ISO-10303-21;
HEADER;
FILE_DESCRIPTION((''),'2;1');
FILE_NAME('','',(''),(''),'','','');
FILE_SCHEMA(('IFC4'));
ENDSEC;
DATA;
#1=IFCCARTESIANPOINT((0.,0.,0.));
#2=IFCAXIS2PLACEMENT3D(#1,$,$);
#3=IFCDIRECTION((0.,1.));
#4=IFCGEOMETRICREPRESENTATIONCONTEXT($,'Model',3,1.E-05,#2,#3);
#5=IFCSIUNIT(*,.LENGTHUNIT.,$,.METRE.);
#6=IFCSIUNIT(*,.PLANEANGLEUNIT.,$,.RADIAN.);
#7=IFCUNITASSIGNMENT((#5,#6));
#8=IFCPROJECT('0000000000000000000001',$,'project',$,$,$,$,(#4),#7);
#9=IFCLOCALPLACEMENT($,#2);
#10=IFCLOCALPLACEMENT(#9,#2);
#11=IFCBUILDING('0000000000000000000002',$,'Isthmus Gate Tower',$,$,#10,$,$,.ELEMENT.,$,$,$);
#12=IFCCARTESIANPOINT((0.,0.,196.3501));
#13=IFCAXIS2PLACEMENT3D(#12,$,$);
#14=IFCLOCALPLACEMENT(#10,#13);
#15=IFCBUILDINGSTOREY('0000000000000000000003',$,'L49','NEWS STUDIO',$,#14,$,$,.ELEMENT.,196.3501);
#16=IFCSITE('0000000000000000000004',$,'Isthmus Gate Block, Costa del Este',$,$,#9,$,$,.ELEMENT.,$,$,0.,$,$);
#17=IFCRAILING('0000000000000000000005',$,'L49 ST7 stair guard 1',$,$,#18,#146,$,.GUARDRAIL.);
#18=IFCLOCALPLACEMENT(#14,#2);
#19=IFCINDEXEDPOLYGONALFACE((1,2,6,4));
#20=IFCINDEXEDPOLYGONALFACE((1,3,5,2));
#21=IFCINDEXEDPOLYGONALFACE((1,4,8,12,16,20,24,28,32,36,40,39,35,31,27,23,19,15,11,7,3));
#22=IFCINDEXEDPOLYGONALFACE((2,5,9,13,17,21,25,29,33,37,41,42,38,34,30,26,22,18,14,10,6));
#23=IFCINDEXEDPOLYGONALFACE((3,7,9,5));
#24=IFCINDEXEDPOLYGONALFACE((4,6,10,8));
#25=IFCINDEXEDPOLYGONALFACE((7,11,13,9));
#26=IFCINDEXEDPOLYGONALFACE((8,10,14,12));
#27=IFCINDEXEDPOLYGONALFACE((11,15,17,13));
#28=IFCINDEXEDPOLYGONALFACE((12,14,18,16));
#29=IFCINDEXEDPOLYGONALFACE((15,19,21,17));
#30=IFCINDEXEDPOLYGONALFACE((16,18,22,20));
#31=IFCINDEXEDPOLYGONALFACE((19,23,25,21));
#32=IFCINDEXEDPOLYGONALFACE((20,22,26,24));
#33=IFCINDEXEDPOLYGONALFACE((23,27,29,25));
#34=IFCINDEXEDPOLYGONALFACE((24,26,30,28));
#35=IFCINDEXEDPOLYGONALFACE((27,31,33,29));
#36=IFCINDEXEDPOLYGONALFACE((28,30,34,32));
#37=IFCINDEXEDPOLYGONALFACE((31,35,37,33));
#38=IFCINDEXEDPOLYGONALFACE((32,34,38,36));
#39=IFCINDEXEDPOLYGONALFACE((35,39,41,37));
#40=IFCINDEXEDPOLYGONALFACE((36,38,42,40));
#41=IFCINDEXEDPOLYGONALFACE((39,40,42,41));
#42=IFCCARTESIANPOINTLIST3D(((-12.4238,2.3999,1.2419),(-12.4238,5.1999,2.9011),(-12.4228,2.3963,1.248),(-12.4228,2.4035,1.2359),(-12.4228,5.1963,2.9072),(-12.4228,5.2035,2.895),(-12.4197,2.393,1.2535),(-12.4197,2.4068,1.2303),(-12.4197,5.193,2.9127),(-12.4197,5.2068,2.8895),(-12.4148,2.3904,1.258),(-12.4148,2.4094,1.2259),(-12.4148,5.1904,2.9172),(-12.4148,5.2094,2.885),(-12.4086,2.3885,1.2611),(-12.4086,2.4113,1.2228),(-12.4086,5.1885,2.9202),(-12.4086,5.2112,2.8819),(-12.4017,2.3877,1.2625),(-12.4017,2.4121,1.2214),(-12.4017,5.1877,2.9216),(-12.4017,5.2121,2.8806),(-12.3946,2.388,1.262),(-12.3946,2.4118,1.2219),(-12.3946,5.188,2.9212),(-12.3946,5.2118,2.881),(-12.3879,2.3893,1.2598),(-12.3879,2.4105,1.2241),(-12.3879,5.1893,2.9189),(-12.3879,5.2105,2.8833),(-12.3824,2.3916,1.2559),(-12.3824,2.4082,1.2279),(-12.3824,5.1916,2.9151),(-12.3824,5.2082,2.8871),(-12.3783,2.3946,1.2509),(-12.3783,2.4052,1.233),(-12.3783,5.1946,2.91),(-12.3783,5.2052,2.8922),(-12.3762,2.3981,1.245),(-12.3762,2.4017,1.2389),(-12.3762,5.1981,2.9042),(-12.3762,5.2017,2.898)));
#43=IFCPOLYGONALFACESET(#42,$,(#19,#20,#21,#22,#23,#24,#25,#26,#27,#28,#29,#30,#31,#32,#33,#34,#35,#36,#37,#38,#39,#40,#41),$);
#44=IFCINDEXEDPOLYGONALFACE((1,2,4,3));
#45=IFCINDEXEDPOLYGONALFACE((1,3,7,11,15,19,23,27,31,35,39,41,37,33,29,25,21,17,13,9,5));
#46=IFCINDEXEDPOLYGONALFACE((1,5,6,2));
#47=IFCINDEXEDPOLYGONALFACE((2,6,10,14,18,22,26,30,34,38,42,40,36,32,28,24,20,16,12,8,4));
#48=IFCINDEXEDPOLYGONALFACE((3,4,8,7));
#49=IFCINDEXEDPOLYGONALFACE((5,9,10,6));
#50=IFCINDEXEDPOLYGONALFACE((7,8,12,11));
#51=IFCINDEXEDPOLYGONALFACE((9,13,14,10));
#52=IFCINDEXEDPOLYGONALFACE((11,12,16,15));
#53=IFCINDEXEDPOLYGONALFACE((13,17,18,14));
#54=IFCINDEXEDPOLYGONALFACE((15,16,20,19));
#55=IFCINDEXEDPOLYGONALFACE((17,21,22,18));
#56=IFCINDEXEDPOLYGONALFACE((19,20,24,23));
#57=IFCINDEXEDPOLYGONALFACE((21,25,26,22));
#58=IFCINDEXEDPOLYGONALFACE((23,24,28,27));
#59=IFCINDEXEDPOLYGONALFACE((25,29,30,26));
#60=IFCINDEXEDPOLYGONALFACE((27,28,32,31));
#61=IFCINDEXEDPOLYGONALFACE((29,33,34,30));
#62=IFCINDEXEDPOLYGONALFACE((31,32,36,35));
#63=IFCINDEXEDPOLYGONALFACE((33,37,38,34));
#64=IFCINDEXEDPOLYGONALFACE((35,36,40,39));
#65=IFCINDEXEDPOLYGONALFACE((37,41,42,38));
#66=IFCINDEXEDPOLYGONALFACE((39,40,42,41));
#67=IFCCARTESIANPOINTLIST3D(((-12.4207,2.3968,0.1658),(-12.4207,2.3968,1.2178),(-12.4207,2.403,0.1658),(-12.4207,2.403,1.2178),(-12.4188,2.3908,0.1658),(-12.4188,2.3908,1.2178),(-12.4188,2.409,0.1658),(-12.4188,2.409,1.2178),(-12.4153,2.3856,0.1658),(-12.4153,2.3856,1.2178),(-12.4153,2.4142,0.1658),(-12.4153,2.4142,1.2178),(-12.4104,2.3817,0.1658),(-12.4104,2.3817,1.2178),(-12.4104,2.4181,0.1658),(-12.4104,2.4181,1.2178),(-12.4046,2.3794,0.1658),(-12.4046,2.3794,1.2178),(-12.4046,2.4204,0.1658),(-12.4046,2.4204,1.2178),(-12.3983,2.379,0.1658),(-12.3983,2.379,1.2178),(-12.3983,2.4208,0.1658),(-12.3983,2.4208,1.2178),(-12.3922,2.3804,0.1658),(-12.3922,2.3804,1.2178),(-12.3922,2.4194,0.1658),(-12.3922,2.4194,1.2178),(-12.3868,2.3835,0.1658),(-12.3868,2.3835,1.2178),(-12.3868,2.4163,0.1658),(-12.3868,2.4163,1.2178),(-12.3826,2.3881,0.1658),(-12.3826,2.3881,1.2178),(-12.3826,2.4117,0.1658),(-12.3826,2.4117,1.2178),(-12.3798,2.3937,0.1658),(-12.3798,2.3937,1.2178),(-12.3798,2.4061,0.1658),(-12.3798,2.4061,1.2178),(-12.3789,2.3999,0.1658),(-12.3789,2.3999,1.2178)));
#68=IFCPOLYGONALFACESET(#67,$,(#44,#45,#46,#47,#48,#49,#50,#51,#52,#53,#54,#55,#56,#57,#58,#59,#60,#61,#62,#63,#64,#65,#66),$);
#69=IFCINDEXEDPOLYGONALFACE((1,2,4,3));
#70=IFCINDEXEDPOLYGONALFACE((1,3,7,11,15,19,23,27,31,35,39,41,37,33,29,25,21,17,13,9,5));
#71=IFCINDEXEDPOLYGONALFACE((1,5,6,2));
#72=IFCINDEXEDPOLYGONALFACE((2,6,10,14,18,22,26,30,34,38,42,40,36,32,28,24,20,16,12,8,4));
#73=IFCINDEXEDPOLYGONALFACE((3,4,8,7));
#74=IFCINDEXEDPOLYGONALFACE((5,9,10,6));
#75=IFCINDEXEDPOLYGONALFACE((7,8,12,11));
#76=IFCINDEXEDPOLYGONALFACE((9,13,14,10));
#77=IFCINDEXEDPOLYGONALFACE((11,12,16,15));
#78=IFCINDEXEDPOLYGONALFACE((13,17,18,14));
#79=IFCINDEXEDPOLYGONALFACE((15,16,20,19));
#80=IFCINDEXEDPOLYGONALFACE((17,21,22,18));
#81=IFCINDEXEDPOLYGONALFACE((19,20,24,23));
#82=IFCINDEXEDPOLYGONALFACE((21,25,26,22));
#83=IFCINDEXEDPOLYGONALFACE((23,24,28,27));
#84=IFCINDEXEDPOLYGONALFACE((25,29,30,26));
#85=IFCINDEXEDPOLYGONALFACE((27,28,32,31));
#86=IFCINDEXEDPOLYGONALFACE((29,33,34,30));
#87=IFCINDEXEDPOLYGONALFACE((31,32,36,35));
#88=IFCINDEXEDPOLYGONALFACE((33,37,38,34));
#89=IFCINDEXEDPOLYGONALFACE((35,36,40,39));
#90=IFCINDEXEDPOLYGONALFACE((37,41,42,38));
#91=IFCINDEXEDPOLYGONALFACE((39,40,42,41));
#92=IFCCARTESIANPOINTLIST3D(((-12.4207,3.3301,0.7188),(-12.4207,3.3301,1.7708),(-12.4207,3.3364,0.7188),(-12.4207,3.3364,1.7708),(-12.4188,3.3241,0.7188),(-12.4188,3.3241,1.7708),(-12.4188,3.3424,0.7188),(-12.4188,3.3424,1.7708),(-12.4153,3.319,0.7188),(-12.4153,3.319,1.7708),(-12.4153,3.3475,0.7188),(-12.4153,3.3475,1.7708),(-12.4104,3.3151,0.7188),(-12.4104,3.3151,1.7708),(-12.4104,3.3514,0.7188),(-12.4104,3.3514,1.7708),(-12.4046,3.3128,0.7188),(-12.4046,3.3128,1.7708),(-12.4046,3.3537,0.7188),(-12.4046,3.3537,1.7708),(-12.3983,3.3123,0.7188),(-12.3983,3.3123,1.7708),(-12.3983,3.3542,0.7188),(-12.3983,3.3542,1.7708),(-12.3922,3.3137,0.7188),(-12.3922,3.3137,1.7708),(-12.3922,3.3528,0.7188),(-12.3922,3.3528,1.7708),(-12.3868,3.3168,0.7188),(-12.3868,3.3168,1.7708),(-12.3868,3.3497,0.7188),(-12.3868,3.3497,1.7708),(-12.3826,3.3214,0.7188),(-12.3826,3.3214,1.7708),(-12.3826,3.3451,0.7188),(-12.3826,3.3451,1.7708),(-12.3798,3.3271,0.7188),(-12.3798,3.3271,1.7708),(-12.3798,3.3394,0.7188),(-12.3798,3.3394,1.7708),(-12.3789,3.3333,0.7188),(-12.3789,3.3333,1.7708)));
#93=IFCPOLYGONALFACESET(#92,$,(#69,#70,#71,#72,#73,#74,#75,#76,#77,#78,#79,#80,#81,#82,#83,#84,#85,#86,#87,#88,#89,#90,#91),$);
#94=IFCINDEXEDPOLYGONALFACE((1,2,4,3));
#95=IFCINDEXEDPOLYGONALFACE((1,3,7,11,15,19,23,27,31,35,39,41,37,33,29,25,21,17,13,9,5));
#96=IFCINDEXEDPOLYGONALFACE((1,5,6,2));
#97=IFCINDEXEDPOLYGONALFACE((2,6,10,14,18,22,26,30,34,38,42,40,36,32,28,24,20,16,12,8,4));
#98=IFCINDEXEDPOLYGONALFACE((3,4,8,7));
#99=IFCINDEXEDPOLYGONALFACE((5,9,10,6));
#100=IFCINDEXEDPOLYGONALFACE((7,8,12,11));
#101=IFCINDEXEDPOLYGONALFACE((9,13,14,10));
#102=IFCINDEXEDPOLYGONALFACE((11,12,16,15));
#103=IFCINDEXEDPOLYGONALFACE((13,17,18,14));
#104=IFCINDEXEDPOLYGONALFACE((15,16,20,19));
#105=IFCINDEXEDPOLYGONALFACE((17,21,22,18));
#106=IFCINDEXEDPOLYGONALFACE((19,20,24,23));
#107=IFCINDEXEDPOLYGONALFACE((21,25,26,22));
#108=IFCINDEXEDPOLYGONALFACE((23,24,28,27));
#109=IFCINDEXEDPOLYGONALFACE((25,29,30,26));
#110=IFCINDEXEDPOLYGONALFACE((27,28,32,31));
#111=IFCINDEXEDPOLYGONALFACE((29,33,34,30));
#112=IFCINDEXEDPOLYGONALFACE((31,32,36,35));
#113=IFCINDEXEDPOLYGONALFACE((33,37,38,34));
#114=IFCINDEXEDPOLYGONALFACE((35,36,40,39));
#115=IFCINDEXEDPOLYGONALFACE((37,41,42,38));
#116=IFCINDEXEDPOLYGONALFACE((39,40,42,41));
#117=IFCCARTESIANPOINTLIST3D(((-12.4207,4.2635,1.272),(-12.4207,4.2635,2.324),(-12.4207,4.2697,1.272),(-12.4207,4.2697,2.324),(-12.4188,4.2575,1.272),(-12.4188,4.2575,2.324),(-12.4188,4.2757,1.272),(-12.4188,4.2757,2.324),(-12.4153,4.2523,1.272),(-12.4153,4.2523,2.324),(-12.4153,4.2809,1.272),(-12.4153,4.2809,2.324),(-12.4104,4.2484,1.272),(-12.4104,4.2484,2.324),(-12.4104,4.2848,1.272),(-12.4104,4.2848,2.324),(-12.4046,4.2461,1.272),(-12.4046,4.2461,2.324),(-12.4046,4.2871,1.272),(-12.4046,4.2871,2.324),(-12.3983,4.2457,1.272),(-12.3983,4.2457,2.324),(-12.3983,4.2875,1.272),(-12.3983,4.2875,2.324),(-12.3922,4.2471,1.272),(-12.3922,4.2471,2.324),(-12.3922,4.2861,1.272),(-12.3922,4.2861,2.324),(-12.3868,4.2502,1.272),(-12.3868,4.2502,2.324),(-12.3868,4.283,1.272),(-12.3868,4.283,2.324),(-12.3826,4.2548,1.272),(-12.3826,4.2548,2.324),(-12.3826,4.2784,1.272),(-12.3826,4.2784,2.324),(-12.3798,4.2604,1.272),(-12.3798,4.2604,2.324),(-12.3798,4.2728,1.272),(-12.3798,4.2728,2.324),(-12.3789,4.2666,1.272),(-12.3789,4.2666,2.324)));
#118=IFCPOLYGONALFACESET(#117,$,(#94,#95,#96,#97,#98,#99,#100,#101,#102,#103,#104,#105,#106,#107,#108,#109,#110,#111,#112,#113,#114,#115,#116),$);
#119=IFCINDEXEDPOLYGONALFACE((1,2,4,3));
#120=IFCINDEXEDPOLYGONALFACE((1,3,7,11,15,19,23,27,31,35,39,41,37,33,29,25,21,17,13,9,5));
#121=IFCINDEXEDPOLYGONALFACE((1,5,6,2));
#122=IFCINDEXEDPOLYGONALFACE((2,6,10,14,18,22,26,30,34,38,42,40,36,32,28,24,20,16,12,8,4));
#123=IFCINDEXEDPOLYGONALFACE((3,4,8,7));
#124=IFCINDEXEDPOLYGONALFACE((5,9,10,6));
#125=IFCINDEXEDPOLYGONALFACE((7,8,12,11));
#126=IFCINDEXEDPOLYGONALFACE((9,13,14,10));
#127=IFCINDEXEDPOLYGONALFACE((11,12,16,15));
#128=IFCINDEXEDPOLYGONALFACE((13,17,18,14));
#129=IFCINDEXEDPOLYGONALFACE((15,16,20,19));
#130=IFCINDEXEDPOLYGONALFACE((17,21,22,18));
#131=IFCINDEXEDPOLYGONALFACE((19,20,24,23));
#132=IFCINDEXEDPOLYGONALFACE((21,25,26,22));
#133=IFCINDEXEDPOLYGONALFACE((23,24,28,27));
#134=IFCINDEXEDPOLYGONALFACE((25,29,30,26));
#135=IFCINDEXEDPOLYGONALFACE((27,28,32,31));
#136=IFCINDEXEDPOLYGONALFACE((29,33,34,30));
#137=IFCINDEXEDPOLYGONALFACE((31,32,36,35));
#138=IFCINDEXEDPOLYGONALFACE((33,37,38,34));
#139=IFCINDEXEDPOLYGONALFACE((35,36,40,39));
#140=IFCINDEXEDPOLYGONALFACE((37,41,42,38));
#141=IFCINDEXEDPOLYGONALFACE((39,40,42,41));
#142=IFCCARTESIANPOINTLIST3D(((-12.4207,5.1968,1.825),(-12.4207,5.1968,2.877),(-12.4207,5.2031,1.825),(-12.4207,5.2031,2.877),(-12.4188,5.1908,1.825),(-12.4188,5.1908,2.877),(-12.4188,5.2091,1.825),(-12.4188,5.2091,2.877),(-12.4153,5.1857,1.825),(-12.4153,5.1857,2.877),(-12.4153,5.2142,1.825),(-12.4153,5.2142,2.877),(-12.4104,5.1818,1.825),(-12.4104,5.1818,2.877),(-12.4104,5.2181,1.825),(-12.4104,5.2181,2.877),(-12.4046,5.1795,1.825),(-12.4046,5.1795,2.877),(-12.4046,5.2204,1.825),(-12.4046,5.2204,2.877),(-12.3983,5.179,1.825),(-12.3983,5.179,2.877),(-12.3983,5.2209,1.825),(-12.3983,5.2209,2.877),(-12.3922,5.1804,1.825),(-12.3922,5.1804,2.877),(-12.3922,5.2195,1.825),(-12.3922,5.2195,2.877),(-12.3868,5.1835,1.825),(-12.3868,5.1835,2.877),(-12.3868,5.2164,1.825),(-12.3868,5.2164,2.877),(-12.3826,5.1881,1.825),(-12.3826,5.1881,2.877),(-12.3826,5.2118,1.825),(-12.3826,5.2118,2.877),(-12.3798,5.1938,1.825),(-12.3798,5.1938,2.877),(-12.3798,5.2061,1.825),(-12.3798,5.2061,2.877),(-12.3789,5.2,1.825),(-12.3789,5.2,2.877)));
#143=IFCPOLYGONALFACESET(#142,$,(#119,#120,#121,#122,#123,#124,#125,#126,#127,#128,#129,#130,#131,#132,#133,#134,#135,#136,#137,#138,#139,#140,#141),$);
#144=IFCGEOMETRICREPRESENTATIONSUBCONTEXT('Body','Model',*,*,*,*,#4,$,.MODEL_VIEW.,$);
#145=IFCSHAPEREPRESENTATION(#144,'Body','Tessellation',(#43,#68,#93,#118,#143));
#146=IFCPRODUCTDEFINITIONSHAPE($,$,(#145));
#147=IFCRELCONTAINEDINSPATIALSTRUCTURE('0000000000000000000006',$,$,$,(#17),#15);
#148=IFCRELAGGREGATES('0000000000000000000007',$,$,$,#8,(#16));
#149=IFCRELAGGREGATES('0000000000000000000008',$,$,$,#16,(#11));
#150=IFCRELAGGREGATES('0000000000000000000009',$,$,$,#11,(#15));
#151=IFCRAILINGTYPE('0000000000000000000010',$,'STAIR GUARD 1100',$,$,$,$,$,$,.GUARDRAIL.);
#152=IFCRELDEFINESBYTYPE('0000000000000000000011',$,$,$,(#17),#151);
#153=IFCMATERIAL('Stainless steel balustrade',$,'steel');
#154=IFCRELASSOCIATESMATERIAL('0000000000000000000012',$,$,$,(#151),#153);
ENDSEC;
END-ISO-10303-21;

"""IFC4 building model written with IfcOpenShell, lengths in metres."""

from ifc_helpers import new_model, si_unit, direction, frame, origin, origin_2d, place, context, subcontext, project, spatial, circle, extrude, material, type_object, element, save


model = new_model("IFC4")

# Units and contexts
model_context = context("Model", 3, precision=1e-05, world=origin(), true_north=direction((0.0, 1.0)))
body_context = subcontext(model_context, "Body", "Model", "MODEL_VIEW")
ifc_project = project(units=[si_unit("LENGTHUNIT", "METRE"), si_unit("PLANEANGLEUNIT", "RADIAN")], contexts=[model_context])

# Site, building, storey
site_placement = place(None, origin())
site = spatial("IfcSite", under=ifc_project, at=site_placement, Name="Isthmus Gate Block, Costa del Este", CompositionType="ELEMENT", RefElevation=0.0)
building_placement = place(site_placement, origin())
building = spatial("IfcBuilding", under=site, at=building_placement, Name="Isthmus Gate Tower", CompositionType="ELEMENT")
storey_placement = place(building_placement, frame((0.0, 0.0, 196.3501)))
storey = spatial("IfcBuildingStorey", under=building, at=storey_placement, Name="L49", Description="NEWS STUDIO", CompositionType="ELEMENT", Elevation=196.3501)

# Railing
ifc_material_1 = material(Name="Stainless steel balustrade", Category="steel")
railing_type_1 = type_object("IfcRailingType", Name="STAIR GUARD 1100", PredefinedType="GUARDRAIL", material=ifc_material_1)
for number, where, name in (
    (1, (-12.3999, 2.3999, 0.1658), "L49 ST7 stair guard 1"),
):
    element("IfcRailing", number, at=place(storey_placement, frame(where)), inside=storey, type_object=railing_type_1, Name=name, PredefinedType="GUARDRAIL", context=body_context, shape_type="SweptSolid", body=[
        extrude(circle(Radius=0.0239, at=origin_2d()), frame((0.0, 0.0, 1.0762), z_axis=(0.0, 0.860306, 0.509778), x_axis=(-1.0, 0.0, 0.0)), (0.0, 0.0, 1.0), 3.2546),
        extrude(circle(Radius=0.021, at=origin_2d()), origin(), (0.0, 0.0, 1.0), 1.052),
        extrude(circle(Radius=0.021, at=origin_2d()), frame((0.0, 0.9333, 0.553)), (0.0, 0.0, 1.0), 1.052),
        extrude(circle(Radius=0.021, at=origin_2d()), frame((0.0, 1.8667, 1.1062)), (0.0, 0.0, 1.0), 1.052),
        extrude(circle(Radius=0.021, at=origin_2d()), frame((0.0, 2.8, 1.6592)), (0.0, 0.0, 1.0), 1.052),
    ])

save(model, "model.ifc")
